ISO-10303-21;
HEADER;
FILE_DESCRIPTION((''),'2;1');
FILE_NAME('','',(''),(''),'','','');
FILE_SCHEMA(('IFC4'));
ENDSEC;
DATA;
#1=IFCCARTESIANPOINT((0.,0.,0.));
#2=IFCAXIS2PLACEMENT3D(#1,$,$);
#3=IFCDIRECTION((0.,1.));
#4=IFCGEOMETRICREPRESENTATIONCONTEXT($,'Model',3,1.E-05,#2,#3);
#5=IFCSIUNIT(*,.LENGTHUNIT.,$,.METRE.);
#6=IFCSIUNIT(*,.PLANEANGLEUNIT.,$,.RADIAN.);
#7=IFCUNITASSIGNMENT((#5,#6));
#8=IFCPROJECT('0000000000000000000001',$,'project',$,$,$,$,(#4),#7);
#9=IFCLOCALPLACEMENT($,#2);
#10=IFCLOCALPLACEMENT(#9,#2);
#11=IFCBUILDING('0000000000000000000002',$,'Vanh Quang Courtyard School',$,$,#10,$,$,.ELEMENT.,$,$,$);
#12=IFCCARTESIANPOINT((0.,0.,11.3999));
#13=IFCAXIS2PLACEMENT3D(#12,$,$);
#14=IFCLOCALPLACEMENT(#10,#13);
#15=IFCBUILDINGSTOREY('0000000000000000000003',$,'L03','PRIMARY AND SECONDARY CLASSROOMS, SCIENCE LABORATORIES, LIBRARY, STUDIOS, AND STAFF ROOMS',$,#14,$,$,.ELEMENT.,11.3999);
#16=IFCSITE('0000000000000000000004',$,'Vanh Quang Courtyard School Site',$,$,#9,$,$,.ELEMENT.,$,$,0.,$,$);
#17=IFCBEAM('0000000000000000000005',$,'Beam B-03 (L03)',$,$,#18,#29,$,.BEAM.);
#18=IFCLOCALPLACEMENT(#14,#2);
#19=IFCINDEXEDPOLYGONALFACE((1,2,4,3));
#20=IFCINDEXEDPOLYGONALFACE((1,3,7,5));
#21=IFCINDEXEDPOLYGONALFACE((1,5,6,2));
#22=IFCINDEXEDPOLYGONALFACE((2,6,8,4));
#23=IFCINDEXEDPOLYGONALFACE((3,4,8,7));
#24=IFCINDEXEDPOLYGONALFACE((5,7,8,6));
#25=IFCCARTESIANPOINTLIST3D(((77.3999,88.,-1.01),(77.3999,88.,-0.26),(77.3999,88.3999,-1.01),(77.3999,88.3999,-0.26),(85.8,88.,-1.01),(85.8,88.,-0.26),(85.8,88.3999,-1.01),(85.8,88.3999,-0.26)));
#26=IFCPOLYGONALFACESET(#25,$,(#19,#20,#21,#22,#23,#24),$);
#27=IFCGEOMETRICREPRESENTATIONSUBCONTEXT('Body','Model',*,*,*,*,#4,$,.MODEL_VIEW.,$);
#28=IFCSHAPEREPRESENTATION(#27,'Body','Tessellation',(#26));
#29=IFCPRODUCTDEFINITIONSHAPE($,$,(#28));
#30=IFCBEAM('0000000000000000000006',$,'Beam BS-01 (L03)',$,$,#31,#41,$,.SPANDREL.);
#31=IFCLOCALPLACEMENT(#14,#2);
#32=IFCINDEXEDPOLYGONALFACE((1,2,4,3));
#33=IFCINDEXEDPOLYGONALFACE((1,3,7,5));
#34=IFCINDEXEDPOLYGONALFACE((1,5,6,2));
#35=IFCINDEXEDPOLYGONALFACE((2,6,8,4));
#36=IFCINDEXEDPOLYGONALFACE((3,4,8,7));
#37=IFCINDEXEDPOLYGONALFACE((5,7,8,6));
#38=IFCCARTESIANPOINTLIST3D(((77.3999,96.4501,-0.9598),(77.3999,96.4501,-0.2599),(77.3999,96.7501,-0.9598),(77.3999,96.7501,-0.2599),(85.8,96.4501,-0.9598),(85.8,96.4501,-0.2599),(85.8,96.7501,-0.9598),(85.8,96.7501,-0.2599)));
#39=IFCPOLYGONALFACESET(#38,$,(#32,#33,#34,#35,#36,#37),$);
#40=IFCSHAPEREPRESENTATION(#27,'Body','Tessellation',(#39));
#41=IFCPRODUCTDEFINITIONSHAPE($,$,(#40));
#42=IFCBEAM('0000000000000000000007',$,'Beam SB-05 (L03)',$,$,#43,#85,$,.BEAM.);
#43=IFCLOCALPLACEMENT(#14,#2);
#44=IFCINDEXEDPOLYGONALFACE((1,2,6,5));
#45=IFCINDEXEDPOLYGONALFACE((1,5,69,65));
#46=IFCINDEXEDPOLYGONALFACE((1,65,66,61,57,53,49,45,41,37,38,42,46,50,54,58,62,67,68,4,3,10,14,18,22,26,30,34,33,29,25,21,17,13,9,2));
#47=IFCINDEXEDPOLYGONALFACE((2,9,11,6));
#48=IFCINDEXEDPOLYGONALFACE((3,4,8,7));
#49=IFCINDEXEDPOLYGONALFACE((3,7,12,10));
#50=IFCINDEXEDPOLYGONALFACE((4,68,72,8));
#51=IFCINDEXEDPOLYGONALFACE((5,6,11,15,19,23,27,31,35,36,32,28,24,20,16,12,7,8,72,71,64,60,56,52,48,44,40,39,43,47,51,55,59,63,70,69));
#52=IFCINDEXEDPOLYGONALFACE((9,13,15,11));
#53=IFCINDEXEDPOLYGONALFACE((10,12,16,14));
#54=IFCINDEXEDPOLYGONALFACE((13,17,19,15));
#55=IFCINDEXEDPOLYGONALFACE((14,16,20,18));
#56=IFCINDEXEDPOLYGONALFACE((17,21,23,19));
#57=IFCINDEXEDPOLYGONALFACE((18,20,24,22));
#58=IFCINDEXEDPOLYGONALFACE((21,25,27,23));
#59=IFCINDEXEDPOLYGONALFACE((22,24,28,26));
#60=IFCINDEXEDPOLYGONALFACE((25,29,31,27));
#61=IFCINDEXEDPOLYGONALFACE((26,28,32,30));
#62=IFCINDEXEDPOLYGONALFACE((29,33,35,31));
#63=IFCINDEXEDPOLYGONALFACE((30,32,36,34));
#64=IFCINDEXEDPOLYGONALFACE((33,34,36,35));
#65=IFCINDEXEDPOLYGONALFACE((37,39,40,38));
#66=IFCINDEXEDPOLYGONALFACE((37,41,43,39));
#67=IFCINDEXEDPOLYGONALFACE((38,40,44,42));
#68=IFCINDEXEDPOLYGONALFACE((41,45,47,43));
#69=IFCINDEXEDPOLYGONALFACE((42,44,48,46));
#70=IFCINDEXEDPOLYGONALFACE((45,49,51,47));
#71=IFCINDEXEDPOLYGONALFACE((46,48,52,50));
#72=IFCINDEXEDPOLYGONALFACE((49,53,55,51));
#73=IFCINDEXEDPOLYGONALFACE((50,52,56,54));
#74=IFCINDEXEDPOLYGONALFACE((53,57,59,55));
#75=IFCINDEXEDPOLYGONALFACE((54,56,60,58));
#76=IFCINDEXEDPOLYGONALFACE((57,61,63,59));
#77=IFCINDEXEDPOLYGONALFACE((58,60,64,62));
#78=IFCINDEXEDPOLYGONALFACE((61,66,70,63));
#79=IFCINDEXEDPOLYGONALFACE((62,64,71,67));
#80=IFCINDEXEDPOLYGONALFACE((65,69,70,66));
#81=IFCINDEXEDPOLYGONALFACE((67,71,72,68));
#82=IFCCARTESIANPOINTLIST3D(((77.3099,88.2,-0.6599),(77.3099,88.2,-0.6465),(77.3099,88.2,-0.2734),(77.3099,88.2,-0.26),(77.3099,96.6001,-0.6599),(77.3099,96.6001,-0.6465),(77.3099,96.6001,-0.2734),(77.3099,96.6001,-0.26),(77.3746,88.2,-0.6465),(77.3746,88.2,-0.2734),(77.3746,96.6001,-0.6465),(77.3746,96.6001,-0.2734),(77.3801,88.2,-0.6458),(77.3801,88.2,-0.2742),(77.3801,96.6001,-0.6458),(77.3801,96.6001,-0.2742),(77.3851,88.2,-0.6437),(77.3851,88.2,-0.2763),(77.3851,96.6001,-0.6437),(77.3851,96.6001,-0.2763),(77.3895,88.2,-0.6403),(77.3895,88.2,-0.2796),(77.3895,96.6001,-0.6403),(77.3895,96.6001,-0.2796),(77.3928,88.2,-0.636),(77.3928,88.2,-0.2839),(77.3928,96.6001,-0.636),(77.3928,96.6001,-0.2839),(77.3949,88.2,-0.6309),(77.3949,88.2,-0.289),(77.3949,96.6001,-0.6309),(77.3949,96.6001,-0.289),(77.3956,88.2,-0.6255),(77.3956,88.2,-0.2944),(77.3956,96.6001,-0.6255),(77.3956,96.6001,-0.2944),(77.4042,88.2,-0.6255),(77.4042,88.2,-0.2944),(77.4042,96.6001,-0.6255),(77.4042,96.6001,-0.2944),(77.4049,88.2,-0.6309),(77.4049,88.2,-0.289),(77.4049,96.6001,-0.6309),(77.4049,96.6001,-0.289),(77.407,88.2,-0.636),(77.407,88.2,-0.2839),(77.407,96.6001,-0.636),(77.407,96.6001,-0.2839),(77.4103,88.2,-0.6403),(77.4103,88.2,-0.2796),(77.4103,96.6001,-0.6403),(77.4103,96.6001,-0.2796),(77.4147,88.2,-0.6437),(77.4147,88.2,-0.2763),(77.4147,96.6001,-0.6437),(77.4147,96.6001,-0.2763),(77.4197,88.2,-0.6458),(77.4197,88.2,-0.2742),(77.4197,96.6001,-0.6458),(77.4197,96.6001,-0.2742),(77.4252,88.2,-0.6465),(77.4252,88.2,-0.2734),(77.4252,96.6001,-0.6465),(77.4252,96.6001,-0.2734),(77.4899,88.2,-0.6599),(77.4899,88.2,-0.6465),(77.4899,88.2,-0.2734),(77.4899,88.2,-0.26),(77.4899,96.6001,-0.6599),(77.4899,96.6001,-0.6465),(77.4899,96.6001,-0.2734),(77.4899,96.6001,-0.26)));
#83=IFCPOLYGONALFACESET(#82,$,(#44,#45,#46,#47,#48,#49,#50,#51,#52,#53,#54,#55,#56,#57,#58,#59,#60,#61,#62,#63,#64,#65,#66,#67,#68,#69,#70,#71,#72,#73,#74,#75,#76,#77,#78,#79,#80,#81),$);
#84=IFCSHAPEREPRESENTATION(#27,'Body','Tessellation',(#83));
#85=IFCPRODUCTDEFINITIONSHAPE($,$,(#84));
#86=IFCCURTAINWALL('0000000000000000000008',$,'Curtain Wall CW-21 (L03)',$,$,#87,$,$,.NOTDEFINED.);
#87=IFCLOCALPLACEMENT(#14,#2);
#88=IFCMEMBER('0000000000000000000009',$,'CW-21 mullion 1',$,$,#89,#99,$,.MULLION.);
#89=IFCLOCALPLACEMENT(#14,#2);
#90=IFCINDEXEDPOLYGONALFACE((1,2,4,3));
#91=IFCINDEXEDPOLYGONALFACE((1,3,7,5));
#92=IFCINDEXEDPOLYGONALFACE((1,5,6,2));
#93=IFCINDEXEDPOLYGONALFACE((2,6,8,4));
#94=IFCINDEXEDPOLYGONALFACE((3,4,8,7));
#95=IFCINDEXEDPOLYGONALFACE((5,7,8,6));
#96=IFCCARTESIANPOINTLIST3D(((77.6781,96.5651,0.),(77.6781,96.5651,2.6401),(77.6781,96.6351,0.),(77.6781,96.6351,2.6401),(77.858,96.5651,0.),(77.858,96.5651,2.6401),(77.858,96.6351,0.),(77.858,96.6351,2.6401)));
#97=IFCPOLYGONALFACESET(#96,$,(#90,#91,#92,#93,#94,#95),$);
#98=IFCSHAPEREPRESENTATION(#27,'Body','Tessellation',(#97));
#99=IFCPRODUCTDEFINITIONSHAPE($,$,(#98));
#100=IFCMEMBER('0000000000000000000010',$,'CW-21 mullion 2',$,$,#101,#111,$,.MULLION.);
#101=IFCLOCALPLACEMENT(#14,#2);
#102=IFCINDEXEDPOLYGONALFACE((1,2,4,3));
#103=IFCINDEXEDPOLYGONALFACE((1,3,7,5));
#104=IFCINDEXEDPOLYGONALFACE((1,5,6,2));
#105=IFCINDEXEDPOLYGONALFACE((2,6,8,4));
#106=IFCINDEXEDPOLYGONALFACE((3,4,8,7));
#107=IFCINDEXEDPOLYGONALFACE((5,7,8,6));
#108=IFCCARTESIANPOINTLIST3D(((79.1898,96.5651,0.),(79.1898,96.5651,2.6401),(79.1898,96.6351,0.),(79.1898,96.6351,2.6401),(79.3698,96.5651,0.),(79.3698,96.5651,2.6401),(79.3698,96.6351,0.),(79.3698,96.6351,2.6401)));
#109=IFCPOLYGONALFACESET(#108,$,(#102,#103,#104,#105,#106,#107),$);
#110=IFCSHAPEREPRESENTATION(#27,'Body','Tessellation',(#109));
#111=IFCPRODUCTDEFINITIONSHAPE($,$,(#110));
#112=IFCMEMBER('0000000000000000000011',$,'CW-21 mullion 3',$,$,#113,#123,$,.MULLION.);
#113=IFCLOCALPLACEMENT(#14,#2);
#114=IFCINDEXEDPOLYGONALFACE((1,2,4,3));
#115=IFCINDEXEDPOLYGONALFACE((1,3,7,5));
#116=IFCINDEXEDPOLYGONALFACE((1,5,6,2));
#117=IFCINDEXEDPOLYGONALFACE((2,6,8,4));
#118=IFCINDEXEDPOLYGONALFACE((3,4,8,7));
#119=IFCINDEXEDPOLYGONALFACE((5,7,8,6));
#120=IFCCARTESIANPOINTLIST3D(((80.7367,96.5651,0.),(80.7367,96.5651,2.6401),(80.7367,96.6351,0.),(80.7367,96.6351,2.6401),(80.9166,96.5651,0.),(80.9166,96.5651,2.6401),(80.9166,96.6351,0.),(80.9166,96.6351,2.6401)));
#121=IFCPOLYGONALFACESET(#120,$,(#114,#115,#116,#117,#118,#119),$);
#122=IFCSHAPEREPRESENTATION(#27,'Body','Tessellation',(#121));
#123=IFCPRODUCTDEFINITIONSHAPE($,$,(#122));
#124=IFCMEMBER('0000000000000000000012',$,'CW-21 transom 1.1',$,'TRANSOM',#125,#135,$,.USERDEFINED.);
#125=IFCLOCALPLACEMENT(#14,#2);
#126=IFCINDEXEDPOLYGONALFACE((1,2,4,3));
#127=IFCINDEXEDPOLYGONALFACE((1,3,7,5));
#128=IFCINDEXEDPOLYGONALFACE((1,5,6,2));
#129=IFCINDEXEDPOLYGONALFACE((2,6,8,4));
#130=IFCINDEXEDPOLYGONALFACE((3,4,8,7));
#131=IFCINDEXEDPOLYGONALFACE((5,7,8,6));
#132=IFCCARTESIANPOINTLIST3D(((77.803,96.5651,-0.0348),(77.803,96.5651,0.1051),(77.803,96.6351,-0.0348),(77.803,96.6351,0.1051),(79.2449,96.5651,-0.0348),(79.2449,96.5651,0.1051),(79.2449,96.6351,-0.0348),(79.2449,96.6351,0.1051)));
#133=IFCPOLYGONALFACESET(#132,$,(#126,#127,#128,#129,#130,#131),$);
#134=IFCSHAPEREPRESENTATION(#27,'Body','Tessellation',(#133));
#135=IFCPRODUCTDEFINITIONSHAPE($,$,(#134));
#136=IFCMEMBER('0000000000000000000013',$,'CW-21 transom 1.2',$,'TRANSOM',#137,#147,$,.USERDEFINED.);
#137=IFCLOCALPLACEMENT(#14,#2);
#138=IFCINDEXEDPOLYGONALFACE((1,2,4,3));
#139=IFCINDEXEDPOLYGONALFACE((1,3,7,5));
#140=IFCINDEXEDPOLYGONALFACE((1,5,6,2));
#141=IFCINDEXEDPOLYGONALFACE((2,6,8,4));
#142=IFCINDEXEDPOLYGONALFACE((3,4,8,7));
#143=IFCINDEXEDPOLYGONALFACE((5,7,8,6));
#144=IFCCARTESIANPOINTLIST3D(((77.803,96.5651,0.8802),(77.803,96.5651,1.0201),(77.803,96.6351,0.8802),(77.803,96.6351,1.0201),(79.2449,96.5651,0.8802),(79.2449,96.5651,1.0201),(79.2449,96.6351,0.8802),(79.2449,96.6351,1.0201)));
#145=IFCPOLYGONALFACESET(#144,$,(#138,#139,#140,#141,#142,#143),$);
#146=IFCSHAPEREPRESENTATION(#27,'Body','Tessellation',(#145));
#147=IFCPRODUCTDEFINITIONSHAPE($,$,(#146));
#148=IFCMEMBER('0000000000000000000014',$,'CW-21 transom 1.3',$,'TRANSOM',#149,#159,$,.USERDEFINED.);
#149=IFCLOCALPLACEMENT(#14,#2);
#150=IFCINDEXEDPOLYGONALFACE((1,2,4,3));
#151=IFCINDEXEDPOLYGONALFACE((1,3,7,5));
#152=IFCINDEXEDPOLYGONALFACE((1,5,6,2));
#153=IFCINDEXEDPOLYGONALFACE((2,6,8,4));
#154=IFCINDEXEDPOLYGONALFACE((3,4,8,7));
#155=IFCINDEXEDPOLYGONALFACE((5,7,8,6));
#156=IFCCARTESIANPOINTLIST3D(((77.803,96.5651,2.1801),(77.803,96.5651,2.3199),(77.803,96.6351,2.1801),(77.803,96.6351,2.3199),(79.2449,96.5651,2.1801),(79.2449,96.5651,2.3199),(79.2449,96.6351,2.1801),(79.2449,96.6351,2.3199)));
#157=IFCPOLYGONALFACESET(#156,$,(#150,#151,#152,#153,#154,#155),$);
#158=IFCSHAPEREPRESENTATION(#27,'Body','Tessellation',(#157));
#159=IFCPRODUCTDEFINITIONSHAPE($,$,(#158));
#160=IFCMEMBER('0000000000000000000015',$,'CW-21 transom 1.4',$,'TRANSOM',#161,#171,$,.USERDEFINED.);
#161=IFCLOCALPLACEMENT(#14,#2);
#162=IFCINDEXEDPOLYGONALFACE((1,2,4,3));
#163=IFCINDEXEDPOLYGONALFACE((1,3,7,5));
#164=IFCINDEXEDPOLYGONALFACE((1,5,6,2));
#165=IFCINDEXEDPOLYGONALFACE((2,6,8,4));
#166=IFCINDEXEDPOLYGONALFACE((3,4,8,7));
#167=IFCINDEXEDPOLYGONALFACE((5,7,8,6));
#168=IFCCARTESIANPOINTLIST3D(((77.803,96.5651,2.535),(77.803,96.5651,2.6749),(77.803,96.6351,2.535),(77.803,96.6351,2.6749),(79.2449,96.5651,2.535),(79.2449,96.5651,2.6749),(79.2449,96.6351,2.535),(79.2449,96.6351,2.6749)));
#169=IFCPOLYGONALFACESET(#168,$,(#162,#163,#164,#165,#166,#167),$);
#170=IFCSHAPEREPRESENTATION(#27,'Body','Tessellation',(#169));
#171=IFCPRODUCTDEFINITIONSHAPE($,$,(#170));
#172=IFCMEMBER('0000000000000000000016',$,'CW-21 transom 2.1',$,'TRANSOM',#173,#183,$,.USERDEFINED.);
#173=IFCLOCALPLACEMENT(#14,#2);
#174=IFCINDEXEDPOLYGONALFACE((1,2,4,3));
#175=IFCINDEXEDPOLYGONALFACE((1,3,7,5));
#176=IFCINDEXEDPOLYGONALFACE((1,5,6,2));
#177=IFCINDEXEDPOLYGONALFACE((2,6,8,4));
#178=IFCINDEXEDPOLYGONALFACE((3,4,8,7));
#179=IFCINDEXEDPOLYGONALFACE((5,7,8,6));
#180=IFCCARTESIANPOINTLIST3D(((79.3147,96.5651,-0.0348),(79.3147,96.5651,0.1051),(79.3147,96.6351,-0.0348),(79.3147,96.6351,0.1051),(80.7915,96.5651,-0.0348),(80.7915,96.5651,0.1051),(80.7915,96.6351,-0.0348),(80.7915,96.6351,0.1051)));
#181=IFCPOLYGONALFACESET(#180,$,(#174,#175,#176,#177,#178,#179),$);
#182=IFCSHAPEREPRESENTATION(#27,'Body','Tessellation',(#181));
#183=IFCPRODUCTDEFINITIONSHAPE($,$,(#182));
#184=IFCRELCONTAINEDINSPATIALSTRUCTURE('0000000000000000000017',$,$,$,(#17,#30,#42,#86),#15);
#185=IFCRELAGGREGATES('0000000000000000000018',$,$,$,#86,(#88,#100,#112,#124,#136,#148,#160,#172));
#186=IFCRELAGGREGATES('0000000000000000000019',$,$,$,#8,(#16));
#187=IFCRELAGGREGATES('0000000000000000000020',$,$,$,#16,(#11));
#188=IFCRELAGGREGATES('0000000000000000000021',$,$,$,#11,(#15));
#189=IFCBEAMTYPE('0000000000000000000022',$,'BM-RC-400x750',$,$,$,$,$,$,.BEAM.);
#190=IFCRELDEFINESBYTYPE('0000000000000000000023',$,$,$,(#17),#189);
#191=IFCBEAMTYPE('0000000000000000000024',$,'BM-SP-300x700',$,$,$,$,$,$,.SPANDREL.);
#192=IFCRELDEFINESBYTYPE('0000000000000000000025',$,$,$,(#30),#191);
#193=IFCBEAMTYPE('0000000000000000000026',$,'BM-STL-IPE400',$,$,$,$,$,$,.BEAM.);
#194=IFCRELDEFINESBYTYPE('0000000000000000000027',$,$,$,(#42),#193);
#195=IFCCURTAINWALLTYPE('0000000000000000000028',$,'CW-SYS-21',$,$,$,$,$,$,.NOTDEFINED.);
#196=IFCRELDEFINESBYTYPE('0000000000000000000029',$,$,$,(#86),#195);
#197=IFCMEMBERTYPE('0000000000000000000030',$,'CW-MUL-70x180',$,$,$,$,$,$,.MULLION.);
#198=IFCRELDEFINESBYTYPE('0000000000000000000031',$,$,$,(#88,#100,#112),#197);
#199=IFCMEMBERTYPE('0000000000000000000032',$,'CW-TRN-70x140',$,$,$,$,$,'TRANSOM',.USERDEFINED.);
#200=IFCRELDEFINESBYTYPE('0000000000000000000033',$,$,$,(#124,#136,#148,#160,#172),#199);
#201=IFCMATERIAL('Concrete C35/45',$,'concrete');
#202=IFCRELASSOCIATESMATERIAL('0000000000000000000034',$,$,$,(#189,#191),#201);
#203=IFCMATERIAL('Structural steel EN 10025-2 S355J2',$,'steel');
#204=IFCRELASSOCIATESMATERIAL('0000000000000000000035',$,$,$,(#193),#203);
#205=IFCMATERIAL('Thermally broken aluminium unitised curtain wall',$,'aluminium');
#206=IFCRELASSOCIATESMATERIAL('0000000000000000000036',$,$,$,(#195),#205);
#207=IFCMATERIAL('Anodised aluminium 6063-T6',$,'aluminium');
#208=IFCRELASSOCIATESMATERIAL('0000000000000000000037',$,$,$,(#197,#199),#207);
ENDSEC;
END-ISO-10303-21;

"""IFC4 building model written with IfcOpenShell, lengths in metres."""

from ifc_helpers import new_model, si_unit, direction, frame, origin, origin_2d, place, context, subcontext, project, spatial, rectangle, i_section, extrude, material, material_profile, profile_set, type_object, element, aggregate, save


model = new_model("IFC4")

# Units and contexts
model_context = context("Model", 3, precision=1e-05, world=origin(), true_north=direction((0.0, 1.0)))
body_context = subcontext(model_context, "Body", "Model", "MODEL_VIEW")
ifc_project = project(units=[si_unit("LENGTHUNIT", "METRE"), si_unit("PLANEANGLEUNIT", "RADIAN")], contexts=[model_context])

# Site, building, storey
site_placement = place(None, origin())
site = spatial("IfcSite", under=ifc_project, at=site_placement, Name="Vanh Quang Courtyard School Site", CompositionType="ELEMENT", RefElevation=0.0)
building_placement = place(site_placement, origin())
building = spatial("IfcBuilding", under=site, at=building_placement, Name="Vanh Quang Courtyard School", CompositionType="ELEMENT")
storey_placement = place(building_placement, frame((0.0, 0.0, 11.3999)))
storey = spatial("IfcBuildingStorey", under=building, at=storey_placement, Name="L03", Description="PRIMARY AND SECONDARY CLASSROOMS, SCIENCE LABORATORIES, LIBRARY, STUDIOS, AND STAFF ROOMS", CompositionType="ELEMENT", Elevation=11.3999)

# Beams
ifc_material_1 = material(Name="Concrete C35/45", Category="concrete")
ifc_material_profile_1 = material_profile(ifc_material_1, rectangle(XDim=0.3999, YDim=0.75, at=origin_2d()), Name="RC-BM 400x750")
ifc_profile_set_1 = profile_set([ifc_material_profile_1], Name="Concrete C35/45")
beam_type_1 = type_object("IfcBeamType", Name="BM-RC-400x750", PredefinedType="BEAM", material=ifc_profile_set_1)
beam_1_placement = place(storey_placement, frame((77.3999, 88.2, -0.635), z_axis=(1.0, 0.0, 0.0), x_axis=(0.0, 1.0, 0.0)))
element("IfcBeam", 1, at=beam_1_placement, inside=storey, type_object=beam_type_1, Name="Beam B-03 (L03)", PredefinedType="BEAM", context=body_context, shape_type="SweptSolid", body=[
    extrude(rectangle(XDim=0.3999, YDim=0.75, at=origin_2d()), origin(), (0.0, 0.0, 1.0), 8.4001),
])
ifc_material_profile_2 = material_profile(ifc_material_1, rectangle(XDim=0.3, YDim=0.7, at=origin_2d()), Name="RC-SP 300x700")
ifc_profile_set_2 = profile_set([ifc_material_profile_2], Name="Concrete C35/45")
beam_type_2 = type_object("IfcBeamType", Name="BM-SP-300x700", PredefinedType="SPANDREL", material=ifc_profile_set_2)
beam_2_placement = place(storey_placement, frame((77.3999, 96.6001, -0.6099), z_axis=(1.0, 0.0, 0.0), x_axis=(0.0, 1.0, 0.0)))
element("IfcBeam", 2, at=beam_2_placement, inside=storey, type_object=beam_type_2, Name="Beam BS-01 (L03)", PredefinedType="SPANDREL", context=body_context, shape_type="SweptSolid", body=[
    extrude(rectangle(XDim=0.3, YDim=0.7, at=origin_2d()), origin(), (0.0, 0.0, 1.0), 8.4001),
])
ifc_material_2 = material(Name="Structural steel EN 10025-2 S355J2", Category="steel")
ifc_material_profile_3 = material_profile(ifc_material_2, i_section(OverallWidth=0.1799, OverallDepth=0.3999, WebThickness=0.0085, FlangeThickness=0.0134, FilletRadius=0.021, at=origin_2d()), Name="IPE 400")
ifc_profile_set_3 = profile_set([ifc_material_profile_3], Name="Structural steel EN 10025-2 S355J2")
beam_type_3 = type_object("IfcBeamType", Name="BM-STL-IPE400", PredefinedType="BEAM", material=ifc_profile_set_3)
beam_3_placement = place(storey_placement, frame((77.3999, 88.2, -0.46), z_axis=(0.0, 1.0, 0.0), x_axis=(-1.0, 0.0, 0.0)))
element("IfcBeam", 3, at=beam_3_placement, inside=storey, type_object=beam_type_3, Name="Beam SB-05 (L03)", PredefinedType="BEAM", context=body_context, shape_type="SweptSolid", body=[
    extrude(i_section(OverallWidth=0.1799, OverallDepth=0.3999, WebThickness=0.0085, FlangeThickness=0.0134, FilletRadius=0.021, at=origin_2d()), origin(), (0.0, 0.0, 1.0), 8.4001),
])

# Curtain wall, members
ifc_material_3 = material(Name="Thermally broken aluminium unitised curtain wall", Category="aluminium")
curtain_wall_type = type_object("IfcCurtainWallType", Name="CW-SYS-21", PredefinedType="NOTDEFINED", material=ifc_material_3)
curtain_wall_placement = place(storey_placement, origin())
curtain_wall = element("IfcCurtainWall", 4, at=curtain_wall_placement, inside=storey, type_object=curtain_wall_type, Name="Curtain Wall CW-21 (L03)", PredefinedType="NOTDEFINED")
ifc_material_4 = material(Name="Anodised aluminium 6063-T6", Category="aluminium")
ifc_material_profile_4 = material_profile(ifc_material_4, rectangle(XDim=0.0701, YDim=0.1799, at=origin_2d()), Name="ALU-MUL 70x180")
ifc_profile_set_4 = profile_set([ifc_material_profile_4], Name="Anodised aluminium 6063-T6")
member_type_1 = type_object("IfcMemberType", Name="CW-MUL-70x180", PredefinedType="MULLION", material=ifc_profile_set_4)
member_1_placement = place(storey_placement, frame((77.7681, 96.6001, 0.0), z_axis=(0.0, 0.0, 1.0), x_axis=(0.0, 1.0, 0.0)))
member_1 = element("IfcMember", 5, at=member_1_placement, type_object=member_type_1, Name="CW-21 mullion 1", PredefinedType="MULLION", context=body_context, shape_type="SweptSolid", body=[
    extrude(rectangle(XDim=0.0701, YDim=0.1799, at=origin_2d()), origin(), (0.0, 0.0, 1.0), 2.6401),
])
member_2_placement = place(storey_placement, frame((79.2798, 96.6001, 0.0), z_axis=(0.0, 0.0, 1.0), x_axis=(0.0, 1.0, 0.0)))
member_2 = element("IfcMember", 6, at=member_2_placement, type_object=member_type_1, Name="CW-21 mullion 2", PredefinedType="MULLION", context=body_context, shape_type="SweptSolid", body=[
    extrude(rectangle(XDim=0.0701, YDim=0.1799, at=origin_2d()), origin(), (0.0, 0.0, 1.0), 2.6401),
])
member_3_placement = place(storey_placement, frame((80.8267, 96.6001, 0.0), z_axis=(0.0, 0.0, 1.0), x_axis=(0.0, 1.0, 0.0)))
member_3 = element("IfcMember", 7, at=member_3_placement, type_object=member_type_1, Name="CW-21 mullion 3", PredefinedType="MULLION", context=body_context, shape_type="SweptSolid", body=[
    extrude(rectangle(XDim=0.0701, YDim=0.1799, at=origin_2d()), origin(), (0.0, 0.0, 1.0), 2.6401),
])
ifc_material_profile_5 = material_profile(ifc_material_4, rectangle(XDim=0.0701, YDim=0.1399, at=origin_2d()), Name="ALU-TRN 70x140")
ifc_profile_set_5 = profile_set([ifc_material_profile_5], Name="Anodised aluminium 6063-T6")
member_type_2 = type_object("IfcMemberType", Name="CW-TRN-70x140", ElementType="TRANSOM", PredefinedType="USERDEFINED", material=ifc_profile_set_5)
member_4_placement = place(storey_placement, frame((77.803, 96.6001, 0.0352), z_axis=(1.0, 0.0, 0.0), x_axis=(0.0, 1.0, 0.0)))
member_4 = element("IfcMember", 8, at=member_4_placement, type_object=member_type_2, Name="CW-21 transom 1.1", ObjectType="TRANSOM", PredefinedType="USERDEFINED", context=body_context, shape_type="SweptSolid", body=[
    extrude(rectangle(XDim=0.0701, YDim=0.1399, at=origin_2d()), origin(), (0.0, 0.0, 1.0), 1.4419),
])
member_5_placement = place(storey_placement, frame((77.803, 96.6001, 0.9502), z_axis=(1.0, 0.0, 0.0), x_axis=(0.0, 1.0, 0.0)))
member_5 = element("IfcMember", 9, at=member_5_placement, type_object=member_type_2, Name="CW-21 transom 1.2", ObjectType="TRANSOM", PredefinedType="USERDEFINED", context=body_context, shape_type="SweptSolid", body=[
    extrude(rectangle(XDim=0.0701, YDim=0.1399, at=origin_2d()), origin(), (0.0, 0.0, 1.0), 1.4419),
])
member_6_placement = place(storey_placement, frame((77.803, 96.6001, 2.25), z_axis=(1.0, 0.0, 0.0), x_axis=(0.0, 1.0, 0.0)))
member_6 = element("IfcMember", 10, at=member_6_placement, type_object=member_type_2, Name="CW-21 transom 1.3", ObjectType="TRANSOM", PredefinedType="USERDEFINED", context=body_context, shape_type="SweptSolid", body=[
    extrude(rectangle(XDim=0.0701, YDim=0.1399, at=origin_2d()), origin(), (0.0, 0.0, 1.0), 1.4419),
])
member_7_placement = place(storey_placement, frame((77.803, 96.6001, 2.605), z_axis=(1.0, 0.0, 0.0), x_axis=(0.0, 1.0, 0.0)))
member_7 = element("IfcMember", 11, at=member_7_placement, type_object=member_type_2, Name="CW-21 transom 1.4", ObjectType="TRANSOM", PredefinedType="USERDEFINED", context=body_context, shape_type="SweptSolid", body=[
    extrude(rectangle(XDim=0.0701, YDim=0.1399, at=origin_2d()), origin(), (0.0, 0.0, 1.0), 1.4419),
])
member_8_placement = place(storey_placement, frame((79.3147, 96.6001, 0.0352), z_axis=(1.0, 0.0, 0.0), x_axis=(0.0, 1.0, 0.0)))
member_8 = element("IfcMember", 12, at=member_8_placement, type_object=member_type_2, Name="CW-21 transom 2.1", ObjectType="TRANSOM", PredefinedType="USERDEFINED", context=body_context, shape_type="SweptSolid", body=[
    extrude(rectangle(XDim=0.0701, YDim=0.1399, at=origin_2d()), origin(), (0.0, 0.0, 1.0), 1.4768),
])

aggregate(curtain_wall, [member_1, member_2, member_3, member_4, member_5, member_6, member_7, member_8])

save(model, "model.ifc")
